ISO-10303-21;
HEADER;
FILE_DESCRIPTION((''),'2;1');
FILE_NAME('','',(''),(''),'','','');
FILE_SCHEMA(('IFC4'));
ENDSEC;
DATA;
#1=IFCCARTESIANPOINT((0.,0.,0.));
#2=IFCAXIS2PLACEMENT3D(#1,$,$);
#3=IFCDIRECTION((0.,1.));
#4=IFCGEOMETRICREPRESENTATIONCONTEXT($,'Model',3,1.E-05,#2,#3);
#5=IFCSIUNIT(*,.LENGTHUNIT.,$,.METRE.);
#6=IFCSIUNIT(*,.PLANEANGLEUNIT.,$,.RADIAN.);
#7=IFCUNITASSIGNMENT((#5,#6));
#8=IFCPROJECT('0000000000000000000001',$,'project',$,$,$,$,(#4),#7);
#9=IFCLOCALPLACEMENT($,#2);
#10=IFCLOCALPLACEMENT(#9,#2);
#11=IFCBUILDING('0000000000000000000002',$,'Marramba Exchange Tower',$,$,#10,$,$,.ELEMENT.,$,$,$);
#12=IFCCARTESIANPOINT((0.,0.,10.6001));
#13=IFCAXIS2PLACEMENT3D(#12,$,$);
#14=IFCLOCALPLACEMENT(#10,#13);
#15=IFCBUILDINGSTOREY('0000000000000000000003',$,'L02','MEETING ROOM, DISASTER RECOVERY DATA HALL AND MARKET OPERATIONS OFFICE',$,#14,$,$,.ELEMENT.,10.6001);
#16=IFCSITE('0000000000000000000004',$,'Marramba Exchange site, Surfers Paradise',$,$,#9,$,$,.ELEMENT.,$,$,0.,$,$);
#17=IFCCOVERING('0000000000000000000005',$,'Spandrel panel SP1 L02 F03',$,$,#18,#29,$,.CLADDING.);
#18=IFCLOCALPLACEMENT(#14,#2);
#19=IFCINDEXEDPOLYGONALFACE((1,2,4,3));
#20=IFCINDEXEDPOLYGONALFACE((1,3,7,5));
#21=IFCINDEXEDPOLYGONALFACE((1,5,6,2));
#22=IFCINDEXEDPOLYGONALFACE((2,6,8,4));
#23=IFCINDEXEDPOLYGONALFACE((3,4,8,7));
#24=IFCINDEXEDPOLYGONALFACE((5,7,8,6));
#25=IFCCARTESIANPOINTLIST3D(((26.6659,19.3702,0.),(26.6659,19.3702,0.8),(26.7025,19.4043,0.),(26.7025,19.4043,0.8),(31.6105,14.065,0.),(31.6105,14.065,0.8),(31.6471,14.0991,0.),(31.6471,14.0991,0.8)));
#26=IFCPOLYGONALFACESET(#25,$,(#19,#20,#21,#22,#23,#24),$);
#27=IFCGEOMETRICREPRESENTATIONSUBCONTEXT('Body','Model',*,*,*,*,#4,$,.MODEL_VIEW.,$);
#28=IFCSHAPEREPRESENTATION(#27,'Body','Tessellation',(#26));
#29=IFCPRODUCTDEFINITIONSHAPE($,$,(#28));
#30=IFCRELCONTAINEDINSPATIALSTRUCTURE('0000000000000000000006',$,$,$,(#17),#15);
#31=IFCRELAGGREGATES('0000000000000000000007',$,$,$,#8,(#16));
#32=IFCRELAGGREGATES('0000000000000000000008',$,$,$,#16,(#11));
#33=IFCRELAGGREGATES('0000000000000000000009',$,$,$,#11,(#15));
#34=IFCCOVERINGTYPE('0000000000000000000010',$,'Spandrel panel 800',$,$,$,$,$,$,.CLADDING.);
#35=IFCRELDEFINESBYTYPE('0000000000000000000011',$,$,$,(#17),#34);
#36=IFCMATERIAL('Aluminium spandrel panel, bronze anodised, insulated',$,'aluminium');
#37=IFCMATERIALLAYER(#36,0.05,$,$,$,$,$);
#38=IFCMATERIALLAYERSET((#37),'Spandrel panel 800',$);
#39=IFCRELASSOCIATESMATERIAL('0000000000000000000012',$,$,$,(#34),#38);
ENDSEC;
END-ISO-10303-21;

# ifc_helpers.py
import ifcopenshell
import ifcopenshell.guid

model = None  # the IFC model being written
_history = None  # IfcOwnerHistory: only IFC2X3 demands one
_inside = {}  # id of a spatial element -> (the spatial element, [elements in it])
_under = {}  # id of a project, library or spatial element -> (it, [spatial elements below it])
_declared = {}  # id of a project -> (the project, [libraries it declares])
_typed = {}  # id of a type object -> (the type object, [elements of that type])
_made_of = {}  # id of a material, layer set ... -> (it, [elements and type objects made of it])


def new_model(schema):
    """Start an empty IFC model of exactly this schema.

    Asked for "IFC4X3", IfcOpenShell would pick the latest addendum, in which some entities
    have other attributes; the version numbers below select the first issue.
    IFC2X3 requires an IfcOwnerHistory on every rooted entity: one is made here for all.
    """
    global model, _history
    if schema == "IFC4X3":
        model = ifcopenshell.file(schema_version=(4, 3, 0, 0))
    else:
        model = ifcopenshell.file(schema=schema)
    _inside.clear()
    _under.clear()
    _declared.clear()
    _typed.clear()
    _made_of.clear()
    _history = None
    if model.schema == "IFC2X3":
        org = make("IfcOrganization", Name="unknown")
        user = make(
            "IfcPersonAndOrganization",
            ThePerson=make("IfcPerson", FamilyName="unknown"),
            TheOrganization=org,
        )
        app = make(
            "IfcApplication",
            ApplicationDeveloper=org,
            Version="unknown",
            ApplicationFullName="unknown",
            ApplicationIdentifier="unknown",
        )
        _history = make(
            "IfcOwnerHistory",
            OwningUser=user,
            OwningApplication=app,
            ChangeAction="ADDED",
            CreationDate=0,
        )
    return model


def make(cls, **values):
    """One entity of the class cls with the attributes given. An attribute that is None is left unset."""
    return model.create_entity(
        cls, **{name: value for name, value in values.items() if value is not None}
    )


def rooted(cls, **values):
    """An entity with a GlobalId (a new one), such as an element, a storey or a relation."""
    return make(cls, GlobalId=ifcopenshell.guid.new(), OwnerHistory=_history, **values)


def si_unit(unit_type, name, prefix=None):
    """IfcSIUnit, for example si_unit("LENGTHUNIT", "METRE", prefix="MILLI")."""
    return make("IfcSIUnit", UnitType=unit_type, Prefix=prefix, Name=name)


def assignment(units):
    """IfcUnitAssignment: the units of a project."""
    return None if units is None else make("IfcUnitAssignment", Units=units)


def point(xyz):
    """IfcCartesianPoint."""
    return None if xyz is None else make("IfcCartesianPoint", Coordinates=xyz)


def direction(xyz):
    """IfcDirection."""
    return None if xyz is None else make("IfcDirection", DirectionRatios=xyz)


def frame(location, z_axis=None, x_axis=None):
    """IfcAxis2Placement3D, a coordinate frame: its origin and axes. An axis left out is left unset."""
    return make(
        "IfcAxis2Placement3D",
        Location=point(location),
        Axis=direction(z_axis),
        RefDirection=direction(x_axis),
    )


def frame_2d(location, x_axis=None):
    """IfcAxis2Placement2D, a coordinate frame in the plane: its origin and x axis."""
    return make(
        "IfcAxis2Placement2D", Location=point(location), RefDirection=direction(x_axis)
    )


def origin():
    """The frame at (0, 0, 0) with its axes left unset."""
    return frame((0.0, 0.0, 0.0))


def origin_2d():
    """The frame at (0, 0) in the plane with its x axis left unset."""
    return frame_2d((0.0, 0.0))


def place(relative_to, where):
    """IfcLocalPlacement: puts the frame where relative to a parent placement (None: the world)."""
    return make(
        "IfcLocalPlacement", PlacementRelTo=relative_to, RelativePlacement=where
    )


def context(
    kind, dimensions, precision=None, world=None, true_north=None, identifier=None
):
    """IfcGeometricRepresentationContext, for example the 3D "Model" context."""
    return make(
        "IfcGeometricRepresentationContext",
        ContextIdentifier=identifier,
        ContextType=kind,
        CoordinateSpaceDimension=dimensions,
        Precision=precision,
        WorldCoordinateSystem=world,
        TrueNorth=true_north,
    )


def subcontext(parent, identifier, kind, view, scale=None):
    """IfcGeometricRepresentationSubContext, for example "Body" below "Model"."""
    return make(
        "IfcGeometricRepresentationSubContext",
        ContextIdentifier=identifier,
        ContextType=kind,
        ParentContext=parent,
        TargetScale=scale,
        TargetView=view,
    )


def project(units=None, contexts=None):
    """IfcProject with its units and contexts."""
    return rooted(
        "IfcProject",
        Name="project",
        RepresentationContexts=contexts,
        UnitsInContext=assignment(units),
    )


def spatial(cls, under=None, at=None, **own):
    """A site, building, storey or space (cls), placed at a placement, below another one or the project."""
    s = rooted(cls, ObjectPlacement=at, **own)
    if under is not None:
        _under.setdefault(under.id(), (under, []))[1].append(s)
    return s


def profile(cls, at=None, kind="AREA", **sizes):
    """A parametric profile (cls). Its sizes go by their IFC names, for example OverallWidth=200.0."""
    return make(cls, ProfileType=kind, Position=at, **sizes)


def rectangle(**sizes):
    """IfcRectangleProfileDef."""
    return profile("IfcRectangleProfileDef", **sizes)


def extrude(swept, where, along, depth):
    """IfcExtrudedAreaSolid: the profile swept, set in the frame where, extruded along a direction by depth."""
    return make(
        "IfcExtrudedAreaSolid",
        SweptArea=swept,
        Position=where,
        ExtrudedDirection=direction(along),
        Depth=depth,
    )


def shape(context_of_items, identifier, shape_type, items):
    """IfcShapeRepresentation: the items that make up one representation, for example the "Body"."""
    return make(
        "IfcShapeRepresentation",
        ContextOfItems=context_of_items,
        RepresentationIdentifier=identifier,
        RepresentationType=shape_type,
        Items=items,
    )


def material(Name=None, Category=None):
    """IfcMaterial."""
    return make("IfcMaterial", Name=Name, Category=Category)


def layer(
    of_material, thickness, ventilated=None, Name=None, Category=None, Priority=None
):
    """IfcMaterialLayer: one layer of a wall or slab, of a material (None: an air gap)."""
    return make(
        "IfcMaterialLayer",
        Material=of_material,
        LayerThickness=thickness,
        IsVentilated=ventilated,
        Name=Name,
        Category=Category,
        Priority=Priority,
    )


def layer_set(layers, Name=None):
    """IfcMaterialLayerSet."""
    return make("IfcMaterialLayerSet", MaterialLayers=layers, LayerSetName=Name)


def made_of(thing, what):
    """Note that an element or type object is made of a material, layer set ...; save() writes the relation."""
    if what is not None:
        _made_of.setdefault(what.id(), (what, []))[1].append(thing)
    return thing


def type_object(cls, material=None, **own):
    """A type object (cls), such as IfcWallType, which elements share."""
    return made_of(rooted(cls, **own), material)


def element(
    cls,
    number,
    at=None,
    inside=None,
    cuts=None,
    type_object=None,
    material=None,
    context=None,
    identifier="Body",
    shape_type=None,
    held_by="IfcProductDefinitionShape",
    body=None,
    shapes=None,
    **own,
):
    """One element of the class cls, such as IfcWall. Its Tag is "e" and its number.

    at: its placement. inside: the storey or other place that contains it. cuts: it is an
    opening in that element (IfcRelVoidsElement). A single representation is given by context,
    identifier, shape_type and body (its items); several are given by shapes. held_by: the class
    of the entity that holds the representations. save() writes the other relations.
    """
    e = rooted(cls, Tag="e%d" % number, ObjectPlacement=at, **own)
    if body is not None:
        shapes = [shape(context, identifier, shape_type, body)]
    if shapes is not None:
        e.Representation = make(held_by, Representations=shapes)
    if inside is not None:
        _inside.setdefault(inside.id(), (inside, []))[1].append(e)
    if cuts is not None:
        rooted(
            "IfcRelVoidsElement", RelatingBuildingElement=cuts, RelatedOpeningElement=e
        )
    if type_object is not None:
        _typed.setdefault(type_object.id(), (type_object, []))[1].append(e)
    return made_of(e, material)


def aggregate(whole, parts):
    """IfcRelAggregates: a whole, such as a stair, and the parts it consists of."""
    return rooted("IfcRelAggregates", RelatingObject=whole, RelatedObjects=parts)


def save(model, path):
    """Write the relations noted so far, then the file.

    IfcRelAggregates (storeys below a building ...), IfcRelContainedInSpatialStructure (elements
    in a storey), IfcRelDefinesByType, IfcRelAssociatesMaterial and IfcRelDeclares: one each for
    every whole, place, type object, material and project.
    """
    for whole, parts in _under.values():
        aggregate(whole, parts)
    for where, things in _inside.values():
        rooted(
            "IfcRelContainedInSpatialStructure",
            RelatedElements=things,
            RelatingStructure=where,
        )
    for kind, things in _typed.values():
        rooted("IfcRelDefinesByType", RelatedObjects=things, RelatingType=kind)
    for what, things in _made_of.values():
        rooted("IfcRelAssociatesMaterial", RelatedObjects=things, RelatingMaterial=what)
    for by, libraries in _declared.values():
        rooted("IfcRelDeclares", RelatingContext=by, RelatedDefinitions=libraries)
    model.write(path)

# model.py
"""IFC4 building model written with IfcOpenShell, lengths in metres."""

from ifc_helpers import new_model, si_unit, direction, frame, origin, origin_2d, place, context, subcontext, project, spatial, rectangle, extrude, material, layer, layer_set, type_object, element, save


model = new_model("IFC4")

# Units and contexts
model_context = context("Model", 3, precision=1e-05, world=origin(), true_north=direction((0.0, 1.0)))
body_context = subcontext(model_context, "Body", "Model", "MODEL_VIEW")
ifc_project = project(units=[si_unit("LENGTHUNIT", "METRE"), si_unit("PLANEANGLEUNIT", "RADIAN")], contexts=[model_context])

# Site, building, storey
site_placement = place(None, origin())
site = spatial("IfcSite", under=ifc_project, at=site_placement, Name="Marramba Exchange site, Surfers Paradise", CompositionType="ELEMENT", RefElevation=0.0)
building_placement = place(site_placement, origin())
building = spatial("IfcBuilding", under=site, at=building_placement, Name="Marramba Exchange Tower", CompositionType="ELEMENT")
storey_placement = place(building_placement, frame((0.0, 0.0, 10.6001)))
storey = spatial("IfcBuildingStorey", under=building, at=storey_placement, Name="L02", Description="MEETING ROOM, DISASTER RECOVERY DATA HALL AND MARKET OPERATIONS OFFICE", CompositionType="ELEMENT", Elevation=10.6001)

# Covering
ifc_material_1 = material(Name="Aluminium spandrel panel, bronze anodised, insulated", Category="aluminium")
ifc_layer_1 = layer(ifc_material_1, 0.05)
ifc_layer_set_1 = layer_set([ifc_layer_1], Name="Spandrel panel 800")
covering_type = type_object("IfcCoveringType", Name="Spandrel panel 800", PredefinedType="CLADDING", material=ifc_layer_set_1)
covering_1_placement = place(storey_placement, frame((29.1565, 16.7346, 0.0), z_axis=(0.0, 0.0, 1.0), x_axis=(-0.681809, 0.73153, 0.0)))
element("IfcCovering", 1, at=covering_1_placement, inside=storey, type_object=covering_type, Name="Spandrel panel SP1 L02 F03", PredefinedType="CLADDING", context=body_context, shape_type="SweptSolid", body=[
    extrude(rectangle(XDim=7.2522, YDim=0.05, at=origin_2d()), origin(), (0.0, 0.0, 1.0), 0.8),
])

save(model, "model.ifc")
